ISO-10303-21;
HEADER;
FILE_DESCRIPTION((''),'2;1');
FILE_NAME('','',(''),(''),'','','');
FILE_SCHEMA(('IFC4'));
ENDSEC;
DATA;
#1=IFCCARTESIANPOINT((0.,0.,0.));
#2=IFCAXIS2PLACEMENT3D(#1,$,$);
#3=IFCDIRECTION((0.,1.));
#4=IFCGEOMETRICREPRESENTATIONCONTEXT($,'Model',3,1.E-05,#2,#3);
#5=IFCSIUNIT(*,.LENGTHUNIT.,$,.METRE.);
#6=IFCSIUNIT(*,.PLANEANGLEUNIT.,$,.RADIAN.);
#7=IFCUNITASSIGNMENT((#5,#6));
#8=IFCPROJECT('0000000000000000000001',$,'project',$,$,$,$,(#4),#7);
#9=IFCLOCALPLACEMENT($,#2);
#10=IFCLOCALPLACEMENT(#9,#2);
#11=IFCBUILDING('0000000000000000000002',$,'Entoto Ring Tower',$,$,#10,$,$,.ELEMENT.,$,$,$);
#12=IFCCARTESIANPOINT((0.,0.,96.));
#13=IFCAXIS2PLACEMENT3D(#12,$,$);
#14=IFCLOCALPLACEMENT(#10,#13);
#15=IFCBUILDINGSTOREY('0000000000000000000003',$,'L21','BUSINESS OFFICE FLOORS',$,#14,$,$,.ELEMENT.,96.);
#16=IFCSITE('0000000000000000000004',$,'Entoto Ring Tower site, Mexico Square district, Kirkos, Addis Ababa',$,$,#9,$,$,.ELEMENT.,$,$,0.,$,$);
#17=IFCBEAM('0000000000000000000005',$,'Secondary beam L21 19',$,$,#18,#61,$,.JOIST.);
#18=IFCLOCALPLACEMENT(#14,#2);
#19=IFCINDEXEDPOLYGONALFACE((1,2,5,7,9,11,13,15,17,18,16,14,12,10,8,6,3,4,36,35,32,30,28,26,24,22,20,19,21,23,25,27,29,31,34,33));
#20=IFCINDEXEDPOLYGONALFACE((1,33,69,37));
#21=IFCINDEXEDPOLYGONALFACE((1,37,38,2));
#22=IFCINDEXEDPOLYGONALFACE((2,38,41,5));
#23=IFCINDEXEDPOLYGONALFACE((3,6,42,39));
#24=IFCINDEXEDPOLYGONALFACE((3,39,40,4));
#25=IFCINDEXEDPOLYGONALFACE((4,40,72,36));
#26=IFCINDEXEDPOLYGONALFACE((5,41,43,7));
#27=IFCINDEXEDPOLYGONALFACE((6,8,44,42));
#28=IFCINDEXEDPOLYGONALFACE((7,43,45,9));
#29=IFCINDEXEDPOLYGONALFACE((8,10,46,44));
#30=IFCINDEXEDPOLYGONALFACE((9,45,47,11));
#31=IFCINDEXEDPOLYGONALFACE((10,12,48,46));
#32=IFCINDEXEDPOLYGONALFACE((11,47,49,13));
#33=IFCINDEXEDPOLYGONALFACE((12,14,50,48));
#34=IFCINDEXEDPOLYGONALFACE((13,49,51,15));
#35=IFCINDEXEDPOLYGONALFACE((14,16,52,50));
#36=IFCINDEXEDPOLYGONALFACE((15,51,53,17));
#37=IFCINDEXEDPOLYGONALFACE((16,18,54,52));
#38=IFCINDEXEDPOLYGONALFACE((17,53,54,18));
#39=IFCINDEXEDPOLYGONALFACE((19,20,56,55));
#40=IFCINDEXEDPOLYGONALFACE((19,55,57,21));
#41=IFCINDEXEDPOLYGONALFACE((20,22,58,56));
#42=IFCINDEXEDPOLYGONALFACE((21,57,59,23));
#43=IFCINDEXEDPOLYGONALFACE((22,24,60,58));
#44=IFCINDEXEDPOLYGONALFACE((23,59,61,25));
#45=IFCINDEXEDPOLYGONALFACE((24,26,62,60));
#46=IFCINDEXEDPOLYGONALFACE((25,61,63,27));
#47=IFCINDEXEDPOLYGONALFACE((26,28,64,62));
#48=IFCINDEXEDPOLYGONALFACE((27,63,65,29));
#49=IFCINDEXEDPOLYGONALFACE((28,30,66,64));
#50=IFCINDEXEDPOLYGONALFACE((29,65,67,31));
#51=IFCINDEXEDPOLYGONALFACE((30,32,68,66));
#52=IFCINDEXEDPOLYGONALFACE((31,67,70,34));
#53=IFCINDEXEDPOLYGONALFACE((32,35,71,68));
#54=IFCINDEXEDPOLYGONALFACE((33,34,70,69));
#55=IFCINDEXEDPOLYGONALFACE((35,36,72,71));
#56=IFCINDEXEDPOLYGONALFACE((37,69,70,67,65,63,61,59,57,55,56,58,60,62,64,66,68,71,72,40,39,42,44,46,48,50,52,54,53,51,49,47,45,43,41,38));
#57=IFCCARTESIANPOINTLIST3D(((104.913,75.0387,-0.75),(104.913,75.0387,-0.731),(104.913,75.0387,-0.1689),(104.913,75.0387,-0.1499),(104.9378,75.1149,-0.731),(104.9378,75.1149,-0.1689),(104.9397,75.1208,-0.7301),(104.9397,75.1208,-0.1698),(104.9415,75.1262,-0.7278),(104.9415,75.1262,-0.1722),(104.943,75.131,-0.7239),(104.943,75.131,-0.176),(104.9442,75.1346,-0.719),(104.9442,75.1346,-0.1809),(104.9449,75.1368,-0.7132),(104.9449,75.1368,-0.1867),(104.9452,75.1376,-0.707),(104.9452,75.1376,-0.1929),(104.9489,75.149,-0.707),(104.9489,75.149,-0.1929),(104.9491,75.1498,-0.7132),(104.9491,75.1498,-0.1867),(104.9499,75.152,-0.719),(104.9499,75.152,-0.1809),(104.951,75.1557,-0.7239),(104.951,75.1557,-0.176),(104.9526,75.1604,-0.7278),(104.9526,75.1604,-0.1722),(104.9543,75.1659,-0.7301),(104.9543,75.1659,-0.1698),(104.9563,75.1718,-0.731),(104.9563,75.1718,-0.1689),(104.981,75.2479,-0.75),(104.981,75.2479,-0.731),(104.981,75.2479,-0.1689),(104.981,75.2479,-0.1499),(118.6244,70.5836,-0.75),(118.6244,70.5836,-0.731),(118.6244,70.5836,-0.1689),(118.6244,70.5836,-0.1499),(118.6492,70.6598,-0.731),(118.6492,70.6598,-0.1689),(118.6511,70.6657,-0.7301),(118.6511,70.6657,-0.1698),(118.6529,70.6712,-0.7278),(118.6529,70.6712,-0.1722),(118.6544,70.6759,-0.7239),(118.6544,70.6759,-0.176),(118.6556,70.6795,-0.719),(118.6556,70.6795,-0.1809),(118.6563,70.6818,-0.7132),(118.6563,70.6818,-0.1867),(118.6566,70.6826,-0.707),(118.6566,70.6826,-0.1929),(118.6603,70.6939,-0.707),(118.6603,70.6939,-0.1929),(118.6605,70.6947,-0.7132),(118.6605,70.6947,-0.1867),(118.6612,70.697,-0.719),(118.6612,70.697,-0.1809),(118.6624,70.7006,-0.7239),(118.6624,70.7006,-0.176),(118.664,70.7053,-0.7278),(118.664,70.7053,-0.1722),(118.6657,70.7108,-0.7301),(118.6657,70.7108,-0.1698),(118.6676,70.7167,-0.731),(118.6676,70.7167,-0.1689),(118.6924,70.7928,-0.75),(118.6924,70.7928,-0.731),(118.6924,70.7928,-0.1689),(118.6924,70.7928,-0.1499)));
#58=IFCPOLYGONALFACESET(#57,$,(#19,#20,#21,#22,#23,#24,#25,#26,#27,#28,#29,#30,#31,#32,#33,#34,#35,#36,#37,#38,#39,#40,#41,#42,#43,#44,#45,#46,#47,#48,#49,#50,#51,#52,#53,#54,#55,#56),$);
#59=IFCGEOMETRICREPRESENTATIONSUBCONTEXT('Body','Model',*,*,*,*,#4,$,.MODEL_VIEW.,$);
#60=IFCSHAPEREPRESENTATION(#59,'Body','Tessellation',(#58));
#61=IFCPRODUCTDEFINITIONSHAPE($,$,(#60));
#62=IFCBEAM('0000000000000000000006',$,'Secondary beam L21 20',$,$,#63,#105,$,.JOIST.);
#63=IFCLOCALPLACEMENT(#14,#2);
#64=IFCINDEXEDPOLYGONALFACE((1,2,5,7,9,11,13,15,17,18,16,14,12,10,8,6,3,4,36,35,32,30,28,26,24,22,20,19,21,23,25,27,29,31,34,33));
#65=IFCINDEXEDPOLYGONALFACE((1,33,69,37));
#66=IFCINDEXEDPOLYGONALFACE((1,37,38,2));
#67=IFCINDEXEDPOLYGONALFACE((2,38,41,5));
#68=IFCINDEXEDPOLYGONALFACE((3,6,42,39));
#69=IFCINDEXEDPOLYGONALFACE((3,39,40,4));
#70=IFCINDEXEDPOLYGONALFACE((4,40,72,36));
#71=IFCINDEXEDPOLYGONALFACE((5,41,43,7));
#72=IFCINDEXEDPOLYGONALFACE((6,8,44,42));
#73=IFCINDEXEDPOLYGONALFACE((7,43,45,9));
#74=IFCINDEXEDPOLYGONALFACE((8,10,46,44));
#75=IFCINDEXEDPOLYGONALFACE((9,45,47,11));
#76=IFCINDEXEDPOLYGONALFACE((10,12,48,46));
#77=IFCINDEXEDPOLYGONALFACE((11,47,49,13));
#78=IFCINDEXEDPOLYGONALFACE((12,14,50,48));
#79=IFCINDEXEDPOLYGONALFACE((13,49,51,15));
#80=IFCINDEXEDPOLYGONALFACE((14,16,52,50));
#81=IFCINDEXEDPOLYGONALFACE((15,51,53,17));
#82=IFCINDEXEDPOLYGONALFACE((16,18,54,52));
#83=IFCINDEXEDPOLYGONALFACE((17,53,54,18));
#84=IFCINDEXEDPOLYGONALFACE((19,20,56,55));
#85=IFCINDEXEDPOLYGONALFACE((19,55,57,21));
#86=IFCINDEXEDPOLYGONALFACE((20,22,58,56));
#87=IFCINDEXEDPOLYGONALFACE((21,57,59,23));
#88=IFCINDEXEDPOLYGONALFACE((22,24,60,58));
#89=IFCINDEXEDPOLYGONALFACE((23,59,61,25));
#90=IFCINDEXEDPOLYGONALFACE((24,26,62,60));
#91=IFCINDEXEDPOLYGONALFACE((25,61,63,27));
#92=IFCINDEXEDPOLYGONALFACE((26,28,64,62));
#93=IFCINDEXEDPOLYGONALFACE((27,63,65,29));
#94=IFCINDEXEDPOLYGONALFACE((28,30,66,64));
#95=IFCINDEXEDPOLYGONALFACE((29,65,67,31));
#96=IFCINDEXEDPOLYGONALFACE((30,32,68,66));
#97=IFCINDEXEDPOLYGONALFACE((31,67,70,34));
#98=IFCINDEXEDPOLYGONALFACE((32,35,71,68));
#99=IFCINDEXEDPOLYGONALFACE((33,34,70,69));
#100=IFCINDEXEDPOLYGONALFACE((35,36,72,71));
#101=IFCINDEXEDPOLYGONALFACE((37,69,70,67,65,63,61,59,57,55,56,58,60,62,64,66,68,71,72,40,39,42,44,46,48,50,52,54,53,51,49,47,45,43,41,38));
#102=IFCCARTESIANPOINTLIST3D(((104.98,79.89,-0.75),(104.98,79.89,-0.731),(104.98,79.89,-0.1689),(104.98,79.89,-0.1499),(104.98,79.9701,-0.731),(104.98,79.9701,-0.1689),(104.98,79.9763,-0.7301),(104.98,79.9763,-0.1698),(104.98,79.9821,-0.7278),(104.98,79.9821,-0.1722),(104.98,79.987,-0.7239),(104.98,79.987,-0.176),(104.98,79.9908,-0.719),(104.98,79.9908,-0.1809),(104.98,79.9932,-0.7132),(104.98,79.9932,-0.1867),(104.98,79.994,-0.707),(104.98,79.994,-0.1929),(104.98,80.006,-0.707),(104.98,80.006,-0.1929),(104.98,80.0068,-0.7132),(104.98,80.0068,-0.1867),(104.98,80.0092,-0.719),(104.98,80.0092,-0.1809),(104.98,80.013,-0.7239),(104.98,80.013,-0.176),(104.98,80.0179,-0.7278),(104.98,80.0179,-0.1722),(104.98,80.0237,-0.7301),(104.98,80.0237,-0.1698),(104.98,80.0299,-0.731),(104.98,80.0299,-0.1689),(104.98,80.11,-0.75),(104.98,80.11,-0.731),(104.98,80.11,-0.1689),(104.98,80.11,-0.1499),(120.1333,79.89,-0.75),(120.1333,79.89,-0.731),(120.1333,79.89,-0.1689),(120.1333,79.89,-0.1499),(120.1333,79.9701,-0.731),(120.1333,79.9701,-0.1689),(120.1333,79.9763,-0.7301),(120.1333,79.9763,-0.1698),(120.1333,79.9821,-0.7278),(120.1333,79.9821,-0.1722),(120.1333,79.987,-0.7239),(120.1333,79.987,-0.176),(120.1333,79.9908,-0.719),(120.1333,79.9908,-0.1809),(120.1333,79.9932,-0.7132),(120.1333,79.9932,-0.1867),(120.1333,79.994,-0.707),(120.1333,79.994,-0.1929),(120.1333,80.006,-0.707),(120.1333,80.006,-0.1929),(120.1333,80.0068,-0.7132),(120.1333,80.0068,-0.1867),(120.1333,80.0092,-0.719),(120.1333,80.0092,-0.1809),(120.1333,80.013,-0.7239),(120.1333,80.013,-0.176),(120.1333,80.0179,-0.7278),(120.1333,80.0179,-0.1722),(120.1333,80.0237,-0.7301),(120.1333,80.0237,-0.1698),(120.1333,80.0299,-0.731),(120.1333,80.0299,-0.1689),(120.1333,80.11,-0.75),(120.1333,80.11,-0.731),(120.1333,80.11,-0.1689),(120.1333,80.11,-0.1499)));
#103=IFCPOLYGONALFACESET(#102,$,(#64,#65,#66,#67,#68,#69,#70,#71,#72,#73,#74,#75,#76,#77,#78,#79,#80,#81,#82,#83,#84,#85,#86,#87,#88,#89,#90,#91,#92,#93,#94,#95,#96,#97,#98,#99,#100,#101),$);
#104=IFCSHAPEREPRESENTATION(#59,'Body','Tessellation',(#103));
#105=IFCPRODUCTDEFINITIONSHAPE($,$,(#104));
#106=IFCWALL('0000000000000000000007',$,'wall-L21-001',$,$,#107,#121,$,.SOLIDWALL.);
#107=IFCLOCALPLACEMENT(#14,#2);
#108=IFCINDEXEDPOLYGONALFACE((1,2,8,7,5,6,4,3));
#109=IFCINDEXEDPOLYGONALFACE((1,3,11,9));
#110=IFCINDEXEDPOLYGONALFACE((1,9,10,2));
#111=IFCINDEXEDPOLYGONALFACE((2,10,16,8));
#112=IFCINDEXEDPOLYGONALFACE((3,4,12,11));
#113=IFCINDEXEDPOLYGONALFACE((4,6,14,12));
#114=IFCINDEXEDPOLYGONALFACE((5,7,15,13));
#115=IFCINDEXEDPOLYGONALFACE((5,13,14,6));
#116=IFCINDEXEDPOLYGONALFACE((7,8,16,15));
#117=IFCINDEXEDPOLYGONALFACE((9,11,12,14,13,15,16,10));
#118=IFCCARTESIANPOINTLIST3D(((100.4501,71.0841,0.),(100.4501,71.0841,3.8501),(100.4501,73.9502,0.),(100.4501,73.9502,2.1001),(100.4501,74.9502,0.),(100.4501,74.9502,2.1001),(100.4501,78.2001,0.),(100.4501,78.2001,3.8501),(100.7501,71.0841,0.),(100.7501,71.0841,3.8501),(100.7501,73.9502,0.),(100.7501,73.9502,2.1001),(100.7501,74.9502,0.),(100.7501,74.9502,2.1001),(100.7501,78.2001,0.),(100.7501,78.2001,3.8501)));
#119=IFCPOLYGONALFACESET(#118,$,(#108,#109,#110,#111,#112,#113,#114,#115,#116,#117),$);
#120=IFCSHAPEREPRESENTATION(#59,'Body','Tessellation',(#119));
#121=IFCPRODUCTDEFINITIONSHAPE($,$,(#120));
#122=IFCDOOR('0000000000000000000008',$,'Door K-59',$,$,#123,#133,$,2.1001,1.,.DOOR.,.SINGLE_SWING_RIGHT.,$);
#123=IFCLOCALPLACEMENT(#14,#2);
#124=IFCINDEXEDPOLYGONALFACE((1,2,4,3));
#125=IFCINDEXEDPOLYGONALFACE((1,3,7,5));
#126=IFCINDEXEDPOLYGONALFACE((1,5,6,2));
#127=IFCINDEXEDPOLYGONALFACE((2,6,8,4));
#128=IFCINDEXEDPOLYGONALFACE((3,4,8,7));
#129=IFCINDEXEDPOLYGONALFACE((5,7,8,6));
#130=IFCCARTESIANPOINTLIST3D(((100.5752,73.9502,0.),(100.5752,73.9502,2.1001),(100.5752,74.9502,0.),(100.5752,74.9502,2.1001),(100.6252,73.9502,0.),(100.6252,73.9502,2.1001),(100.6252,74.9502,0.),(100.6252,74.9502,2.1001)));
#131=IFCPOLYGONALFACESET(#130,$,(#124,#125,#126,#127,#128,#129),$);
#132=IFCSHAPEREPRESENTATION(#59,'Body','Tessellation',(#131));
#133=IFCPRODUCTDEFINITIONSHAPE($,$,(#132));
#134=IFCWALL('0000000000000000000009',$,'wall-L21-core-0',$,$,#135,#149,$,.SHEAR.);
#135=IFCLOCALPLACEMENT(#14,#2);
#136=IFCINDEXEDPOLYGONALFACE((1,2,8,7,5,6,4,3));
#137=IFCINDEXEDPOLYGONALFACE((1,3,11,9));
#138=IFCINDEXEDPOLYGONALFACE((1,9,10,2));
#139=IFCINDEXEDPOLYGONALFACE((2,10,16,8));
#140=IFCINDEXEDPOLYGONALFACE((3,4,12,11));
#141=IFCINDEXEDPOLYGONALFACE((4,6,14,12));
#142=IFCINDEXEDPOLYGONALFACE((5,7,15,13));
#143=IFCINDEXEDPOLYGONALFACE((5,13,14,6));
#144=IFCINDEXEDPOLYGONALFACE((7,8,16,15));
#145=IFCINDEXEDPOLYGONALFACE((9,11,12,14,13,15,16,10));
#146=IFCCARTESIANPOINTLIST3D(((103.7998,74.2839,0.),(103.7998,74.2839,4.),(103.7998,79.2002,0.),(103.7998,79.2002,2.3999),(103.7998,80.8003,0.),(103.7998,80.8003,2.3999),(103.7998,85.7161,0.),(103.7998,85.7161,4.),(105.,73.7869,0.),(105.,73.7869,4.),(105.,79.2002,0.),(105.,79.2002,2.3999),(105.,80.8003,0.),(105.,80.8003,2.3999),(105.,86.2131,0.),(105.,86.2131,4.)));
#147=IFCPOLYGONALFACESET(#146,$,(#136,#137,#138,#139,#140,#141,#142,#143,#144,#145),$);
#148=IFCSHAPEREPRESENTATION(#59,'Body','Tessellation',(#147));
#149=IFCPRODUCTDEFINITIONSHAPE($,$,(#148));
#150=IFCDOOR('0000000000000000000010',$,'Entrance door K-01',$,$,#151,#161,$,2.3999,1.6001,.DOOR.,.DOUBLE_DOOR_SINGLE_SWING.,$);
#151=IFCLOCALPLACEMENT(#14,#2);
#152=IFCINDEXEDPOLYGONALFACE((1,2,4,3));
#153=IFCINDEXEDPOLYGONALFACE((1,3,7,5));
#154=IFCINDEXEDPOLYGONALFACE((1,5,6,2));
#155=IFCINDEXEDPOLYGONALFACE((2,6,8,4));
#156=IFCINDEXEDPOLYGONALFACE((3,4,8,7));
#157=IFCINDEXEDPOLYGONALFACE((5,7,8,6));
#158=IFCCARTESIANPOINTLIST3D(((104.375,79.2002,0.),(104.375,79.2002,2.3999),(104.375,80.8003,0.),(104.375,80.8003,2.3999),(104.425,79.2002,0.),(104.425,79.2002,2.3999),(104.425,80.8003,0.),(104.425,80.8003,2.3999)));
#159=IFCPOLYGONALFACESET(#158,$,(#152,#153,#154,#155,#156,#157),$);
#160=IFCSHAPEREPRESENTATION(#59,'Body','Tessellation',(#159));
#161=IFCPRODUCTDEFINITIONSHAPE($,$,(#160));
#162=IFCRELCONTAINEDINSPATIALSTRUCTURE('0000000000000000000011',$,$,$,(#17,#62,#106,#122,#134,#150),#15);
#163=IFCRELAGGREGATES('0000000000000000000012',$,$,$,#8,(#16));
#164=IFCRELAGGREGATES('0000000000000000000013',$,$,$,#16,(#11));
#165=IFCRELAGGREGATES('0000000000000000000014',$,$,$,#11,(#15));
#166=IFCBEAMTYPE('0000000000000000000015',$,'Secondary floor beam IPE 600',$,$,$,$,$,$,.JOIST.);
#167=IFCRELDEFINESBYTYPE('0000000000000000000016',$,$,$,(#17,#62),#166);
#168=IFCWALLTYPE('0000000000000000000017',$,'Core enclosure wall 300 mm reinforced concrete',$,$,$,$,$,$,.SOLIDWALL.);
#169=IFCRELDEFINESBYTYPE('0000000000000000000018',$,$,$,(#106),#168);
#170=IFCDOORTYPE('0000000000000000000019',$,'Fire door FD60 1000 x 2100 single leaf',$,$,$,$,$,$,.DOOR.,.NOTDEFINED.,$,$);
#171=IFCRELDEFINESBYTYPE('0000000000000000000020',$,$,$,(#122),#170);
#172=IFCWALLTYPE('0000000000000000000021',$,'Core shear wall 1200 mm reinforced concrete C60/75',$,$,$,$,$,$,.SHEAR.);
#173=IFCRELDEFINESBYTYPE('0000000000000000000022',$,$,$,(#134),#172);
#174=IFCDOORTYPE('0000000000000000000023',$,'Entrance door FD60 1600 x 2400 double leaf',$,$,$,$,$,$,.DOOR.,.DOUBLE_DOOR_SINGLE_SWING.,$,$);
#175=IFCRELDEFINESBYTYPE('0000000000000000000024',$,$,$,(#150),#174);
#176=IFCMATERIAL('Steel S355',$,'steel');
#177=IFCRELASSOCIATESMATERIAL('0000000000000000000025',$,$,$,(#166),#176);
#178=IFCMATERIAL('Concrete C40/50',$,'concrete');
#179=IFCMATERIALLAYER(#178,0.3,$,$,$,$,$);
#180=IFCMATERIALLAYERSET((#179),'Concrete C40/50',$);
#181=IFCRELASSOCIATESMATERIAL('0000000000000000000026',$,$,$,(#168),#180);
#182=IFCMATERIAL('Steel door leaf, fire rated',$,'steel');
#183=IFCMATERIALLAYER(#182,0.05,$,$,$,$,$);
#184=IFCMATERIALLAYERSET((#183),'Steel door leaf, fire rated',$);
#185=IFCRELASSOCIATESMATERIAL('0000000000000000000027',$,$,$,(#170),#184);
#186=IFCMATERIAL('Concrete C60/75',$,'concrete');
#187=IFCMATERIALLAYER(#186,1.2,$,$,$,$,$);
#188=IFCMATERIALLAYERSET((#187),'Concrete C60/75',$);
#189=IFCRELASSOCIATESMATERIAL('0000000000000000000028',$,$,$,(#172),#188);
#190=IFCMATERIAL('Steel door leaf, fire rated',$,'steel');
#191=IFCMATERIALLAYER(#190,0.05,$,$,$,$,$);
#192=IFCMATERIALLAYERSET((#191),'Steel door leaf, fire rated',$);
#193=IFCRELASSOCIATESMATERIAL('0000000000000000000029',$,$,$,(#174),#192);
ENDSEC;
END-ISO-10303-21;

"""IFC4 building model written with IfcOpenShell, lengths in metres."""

from ifc_helpers import new_model, si_unit, direction, frame, frame_2d, origin, origin_2d, place, context, subcontext, project, spatial, polyline, rectangle, i_section, outline, extrude, material, layer, layer_set, material_profile, profile_set, type_object, element, fill, save


model = new_model("IFC4")

# Units and contexts
model_context = context("Model", 3, precision=1e-05, world=origin(), true_north=direction((0.0, 1.0)))
body_context = subcontext(model_context, "Body", "Model", "MODEL_VIEW")
ifc_project = project(units=[si_unit("LENGTHUNIT", "METRE"), si_unit("PLANEANGLEUNIT", "RADIAN")], contexts=[model_context])

# Site, building, storey
site_placement = place(None, origin())
site = spatial("IfcSite", under=ifc_project, at=site_placement, Name="Entoto Ring Tower site, Mexico Square district, Kirkos, Addis Ababa", CompositionType="ELEMENT", RefElevation=0.0)
building_placement = place(site_placement, origin())
building = spatial("IfcBuilding", under=site, at=building_placement, Name="Entoto Ring Tower", CompositionType="ELEMENT")
storey_placement = place(building_placement, frame((0.0, 0.0, 96.0)))
storey = spatial("IfcBuildingStorey", under=building, at=storey_placement, Name="L21", Description="BUSINESS OFFICE FLOORS", CompositionType="ELEMENT", Elevation=96.0)

# Beams
ifc_material_1 = material(Name="Steel S355", Category="steel")
ifc_material_profile_1 = material_profile(ifc_material_1, i_section(OverallWidth=0.22, OverallDepth=0.6001, WebThickness=0.012, FlangeThickness=0.019, FilletRadius=0.0239, at=origin_2d()), Name="IPE 600")
ifc_profile_set_1 = profile_set([ifc_material_profile_1], Name="Steel S355")
beam_type_1 = type_object("IfcBeamType", Name="Secondary floor beam IPE 600", PredefinedType="JOIST", material=ifc_profile_set_1)
beam_1_placement = place(storey_placement, frame((104.947, 75.1433, -0.45), z_axis=(0.951057, -0.309015, 0.0), x_axis=(0.309015, 0.951057, 0.0)))
element("IfcBeam", 1, at=beam_1_placement, inside=storey, type_object=beam_type_1, Name="Secondary beam L21 19", PredefinedType="JOIST", context=body_context, shape_type="SweptSolid", body=[
    extrude(i_section(OverallWidth=0.22, OverallDepth=0.6001, WebThickness=0.012, FlangeThickness=0.019, FilletRadius=0.0239, at=origin_2d()), origin(), (0.0, 0.0, 1.0), 14.417),
])
beam_2_placement = place(storey_placement, frame((104.98, 80.0, -0.45), z_axis=(1.0, 0.0, 0.0), x_axis=(0.0, 1.0, 0.0)))
element("IfcBeam", 2, at=beam_2_placement, inside=storey, type_object=beam_type_1, Name="Secondary beam L21 20", PredefinedType="JOIST", context=body_context, shape_type="SweptSolid", body=[
    extrude(i_section(OverallWidth=0.22, OverallDepth=0.6001, WebThickness=0.012, FlangeThickness=0.019, FilletRadius=0.0239, at=origin_2d()), origin(), (0.0, 0.0, 1.0), 15.1533),
])

# Walls, openings, doors
ifc_material_2 = material(Name="Concrete C40/50", Category="concrete")
ifc_layer_1 = layer(ifc_material_2, 0.3)
ifc_layer_set_1 = layer_set([ifc_layer_1], Name="Concrete C40/50")
wall_type_1 = type_object("IfcWallType", Name="Core enclosure wall 300 mm reinforced concrete", PredefinedType="SOLIDWALL", material=ifc_layer_set_1)
wall_1_placement = place(storey_placement, frame((100.6001, 71.084, 0.0), z_axis=(0.0, 0.0, 1.0), x_axis=(0.0, 1.0, 0.0)))
wall_1 = element("IfcWall", 3, at=wall_1_placement, inside=storey, type_object=wall_type_1, Name="wall-L21-001", PredefinedType="SOLIDWALL", context=body_context, shape_type="SweptSolid", body=[
    extrude(rectangle(XDim=7.116, YDim=0.3, at=frame_2d((3.5581, 0.0))), origin(), (0.0, 0.0, 1.0), 3.8501),
])
opening_1_placement = place(wall_1_placement, frame((2.8662, 0.0, 0.0)))
opening_1 = element("IfcOpeningElement", 4, at=opening_1_placement, cuts=wall_1, PredefinedType="OPENING", context=body_context, shape_type="SweptSolid", body=[
    extrude(rectangle(XDim=1.0, YDim=2.1001, at=frame_2d((0.5, 1.05))), frame((0.0, 0.1602, 0.0), z_axis=(0.0, -1.0, 0.0), x_axis=(1.0, 0.0, 0.0)), (0.0, 0.0, 1.0), 0.3201),
])
ifc_material_3 = material(Name="Steel door leaf, fire rated", Category="steel")
ifc_layer_2 = layer(ifc_material_3, 0.05)
ifc_layer_set_2 = layer_set([ifc_layer_2], Name="Steel door leaf, fire rated")
door_type_1 = type_object("IfcDoorType", Name="Fire door FD60 1000 x 2100 single leaf", OperationType="NOTDEFINED", PredefinedType="DOOR", material=ifc_layer_set_2)
door_1_placement = place(opening_1_placement, origin())
door_1 = element("IfcDoor", 5, at=door_1_placement, inside=storey, type_object=door_type_1, Name="Door K-59", OperationType="SINGLE_SWING_RIGHT", OverallHeight=2.1001, OverallWidth=1.0, PredefinedType="DOOR", context=body_context, shape_type="SweptSolid", body=[
    extrude(rectangle(XDim=1.0, YDim=2.1001, at=frame_2d((0.5, 1.05))), frame((0.0, 0.0249, 0.0), z_axis=(0.0, -1.0, 0.0), x_axis=(1.0, 0.0, 0.0)), (0.0, 0.0, 1.0), 0.05),
])
fill(opening_1, door_1)
ifc_material_4 = material(Name="Concrete C60/75", Category="concrete")
ifc_layer_3 = layer(ifc_material_4, 1.2)
ifc_layer_set_3 = layer_set([ifc_layer_3], Name="Concrete C60/75")
wall_type_2 = type_object("IfcWallType", Name="Core shear wall 1200 mm reinforced concrete C60/75", PredefinedType="SHEAR", material=ifc_layer_set_3)
wall_2_placement = place(storey_placement, frame((104.3999, 74.0354, 0.0), z_axis=(0.0, 0.0, 1.0), x_axis=(0.0, 1.0, 0.0)))
wall_2 = element("IfcWall", 6, at=wall_2_placement, inside=storey, type_object=wall_type_2, Name="wall-L21-core-0", PredefinedType="SHEAR", context=body_context, shape_type="SweptSolid", body=[
    extrude(outline(polyline([(-0.2485, -0.6001), (12.1777, -0.6001), (11.6807, 0.6001), (0.2485, 0.6001), (-0.2485, -0.6001)])), origin(), (0.0, 0.0, 1.0), 4.0),
])
opening_2_placement = place(wall_2_placement, frame((5.1648, 0.0, 0.0)))
opening_2 = element("IfcOpeningElement", 7, at=opening_2_placement, cuts=wall_2, PredefinedType="OPENING", context=body_context, shape_type="SweptSolid", body=[
    extrude(rectangle(XDim=1.6001, YDim=2.3999, at=frame_2d((0.8, 1.2))), frame((0.0, 0.6099, 0.0), z_axis=(0.0, -1.0, 0.0), x_axis=(1.0, 0.0, 0.0)), (0.0, 0.0, 1.0), 1.22),
])
ifc_material_5 = material(Name="Steel door leaf, fire rated", Category="steel")
ifc_layer_4 = layer(ifc_material_5, 0.05)
ifc_layer_set_4 = layer_set([ifc_layer_4], Name="Steel door leaf, fire rated")
door_type_2 = type_object("IfcDoorType", Name="Entrance door FD60 1600 x 2400 double leaf", OperationType="DOUBLE_DOOR_SINGLE_SWING", PredefinedType="DOOR", material=ifc_layer_set_4)
door_2_placement = place(opening_2_placement, origin())
door_2 = element("IfcDoor", 8, at=door_2_placement, inside=storey, type_object=door_type_2, Name="Entrance door K-01", OperationType="DOUBLE_DOOR_SINGLE_SWING", OverallHeight=2.3999, OverallWidth=1.6001, PredefinedType="DOOR", context=body_context, shape_type="SweptSolid", body=[
    extrude(rectangle(XDim=1.6001, YDim=2.3999, at=frame_2d((0.8, 1.2))), frame((0.0, 0.0249, 0.0), z_axis=(0.0, -1.0, 0.0), x_axis=(1.0, 0.0, 0.0)), (0.0, 0.0, 1.0), 0.05),
])
fill(opening_2, door_2)

save(model, "model.ifc")
